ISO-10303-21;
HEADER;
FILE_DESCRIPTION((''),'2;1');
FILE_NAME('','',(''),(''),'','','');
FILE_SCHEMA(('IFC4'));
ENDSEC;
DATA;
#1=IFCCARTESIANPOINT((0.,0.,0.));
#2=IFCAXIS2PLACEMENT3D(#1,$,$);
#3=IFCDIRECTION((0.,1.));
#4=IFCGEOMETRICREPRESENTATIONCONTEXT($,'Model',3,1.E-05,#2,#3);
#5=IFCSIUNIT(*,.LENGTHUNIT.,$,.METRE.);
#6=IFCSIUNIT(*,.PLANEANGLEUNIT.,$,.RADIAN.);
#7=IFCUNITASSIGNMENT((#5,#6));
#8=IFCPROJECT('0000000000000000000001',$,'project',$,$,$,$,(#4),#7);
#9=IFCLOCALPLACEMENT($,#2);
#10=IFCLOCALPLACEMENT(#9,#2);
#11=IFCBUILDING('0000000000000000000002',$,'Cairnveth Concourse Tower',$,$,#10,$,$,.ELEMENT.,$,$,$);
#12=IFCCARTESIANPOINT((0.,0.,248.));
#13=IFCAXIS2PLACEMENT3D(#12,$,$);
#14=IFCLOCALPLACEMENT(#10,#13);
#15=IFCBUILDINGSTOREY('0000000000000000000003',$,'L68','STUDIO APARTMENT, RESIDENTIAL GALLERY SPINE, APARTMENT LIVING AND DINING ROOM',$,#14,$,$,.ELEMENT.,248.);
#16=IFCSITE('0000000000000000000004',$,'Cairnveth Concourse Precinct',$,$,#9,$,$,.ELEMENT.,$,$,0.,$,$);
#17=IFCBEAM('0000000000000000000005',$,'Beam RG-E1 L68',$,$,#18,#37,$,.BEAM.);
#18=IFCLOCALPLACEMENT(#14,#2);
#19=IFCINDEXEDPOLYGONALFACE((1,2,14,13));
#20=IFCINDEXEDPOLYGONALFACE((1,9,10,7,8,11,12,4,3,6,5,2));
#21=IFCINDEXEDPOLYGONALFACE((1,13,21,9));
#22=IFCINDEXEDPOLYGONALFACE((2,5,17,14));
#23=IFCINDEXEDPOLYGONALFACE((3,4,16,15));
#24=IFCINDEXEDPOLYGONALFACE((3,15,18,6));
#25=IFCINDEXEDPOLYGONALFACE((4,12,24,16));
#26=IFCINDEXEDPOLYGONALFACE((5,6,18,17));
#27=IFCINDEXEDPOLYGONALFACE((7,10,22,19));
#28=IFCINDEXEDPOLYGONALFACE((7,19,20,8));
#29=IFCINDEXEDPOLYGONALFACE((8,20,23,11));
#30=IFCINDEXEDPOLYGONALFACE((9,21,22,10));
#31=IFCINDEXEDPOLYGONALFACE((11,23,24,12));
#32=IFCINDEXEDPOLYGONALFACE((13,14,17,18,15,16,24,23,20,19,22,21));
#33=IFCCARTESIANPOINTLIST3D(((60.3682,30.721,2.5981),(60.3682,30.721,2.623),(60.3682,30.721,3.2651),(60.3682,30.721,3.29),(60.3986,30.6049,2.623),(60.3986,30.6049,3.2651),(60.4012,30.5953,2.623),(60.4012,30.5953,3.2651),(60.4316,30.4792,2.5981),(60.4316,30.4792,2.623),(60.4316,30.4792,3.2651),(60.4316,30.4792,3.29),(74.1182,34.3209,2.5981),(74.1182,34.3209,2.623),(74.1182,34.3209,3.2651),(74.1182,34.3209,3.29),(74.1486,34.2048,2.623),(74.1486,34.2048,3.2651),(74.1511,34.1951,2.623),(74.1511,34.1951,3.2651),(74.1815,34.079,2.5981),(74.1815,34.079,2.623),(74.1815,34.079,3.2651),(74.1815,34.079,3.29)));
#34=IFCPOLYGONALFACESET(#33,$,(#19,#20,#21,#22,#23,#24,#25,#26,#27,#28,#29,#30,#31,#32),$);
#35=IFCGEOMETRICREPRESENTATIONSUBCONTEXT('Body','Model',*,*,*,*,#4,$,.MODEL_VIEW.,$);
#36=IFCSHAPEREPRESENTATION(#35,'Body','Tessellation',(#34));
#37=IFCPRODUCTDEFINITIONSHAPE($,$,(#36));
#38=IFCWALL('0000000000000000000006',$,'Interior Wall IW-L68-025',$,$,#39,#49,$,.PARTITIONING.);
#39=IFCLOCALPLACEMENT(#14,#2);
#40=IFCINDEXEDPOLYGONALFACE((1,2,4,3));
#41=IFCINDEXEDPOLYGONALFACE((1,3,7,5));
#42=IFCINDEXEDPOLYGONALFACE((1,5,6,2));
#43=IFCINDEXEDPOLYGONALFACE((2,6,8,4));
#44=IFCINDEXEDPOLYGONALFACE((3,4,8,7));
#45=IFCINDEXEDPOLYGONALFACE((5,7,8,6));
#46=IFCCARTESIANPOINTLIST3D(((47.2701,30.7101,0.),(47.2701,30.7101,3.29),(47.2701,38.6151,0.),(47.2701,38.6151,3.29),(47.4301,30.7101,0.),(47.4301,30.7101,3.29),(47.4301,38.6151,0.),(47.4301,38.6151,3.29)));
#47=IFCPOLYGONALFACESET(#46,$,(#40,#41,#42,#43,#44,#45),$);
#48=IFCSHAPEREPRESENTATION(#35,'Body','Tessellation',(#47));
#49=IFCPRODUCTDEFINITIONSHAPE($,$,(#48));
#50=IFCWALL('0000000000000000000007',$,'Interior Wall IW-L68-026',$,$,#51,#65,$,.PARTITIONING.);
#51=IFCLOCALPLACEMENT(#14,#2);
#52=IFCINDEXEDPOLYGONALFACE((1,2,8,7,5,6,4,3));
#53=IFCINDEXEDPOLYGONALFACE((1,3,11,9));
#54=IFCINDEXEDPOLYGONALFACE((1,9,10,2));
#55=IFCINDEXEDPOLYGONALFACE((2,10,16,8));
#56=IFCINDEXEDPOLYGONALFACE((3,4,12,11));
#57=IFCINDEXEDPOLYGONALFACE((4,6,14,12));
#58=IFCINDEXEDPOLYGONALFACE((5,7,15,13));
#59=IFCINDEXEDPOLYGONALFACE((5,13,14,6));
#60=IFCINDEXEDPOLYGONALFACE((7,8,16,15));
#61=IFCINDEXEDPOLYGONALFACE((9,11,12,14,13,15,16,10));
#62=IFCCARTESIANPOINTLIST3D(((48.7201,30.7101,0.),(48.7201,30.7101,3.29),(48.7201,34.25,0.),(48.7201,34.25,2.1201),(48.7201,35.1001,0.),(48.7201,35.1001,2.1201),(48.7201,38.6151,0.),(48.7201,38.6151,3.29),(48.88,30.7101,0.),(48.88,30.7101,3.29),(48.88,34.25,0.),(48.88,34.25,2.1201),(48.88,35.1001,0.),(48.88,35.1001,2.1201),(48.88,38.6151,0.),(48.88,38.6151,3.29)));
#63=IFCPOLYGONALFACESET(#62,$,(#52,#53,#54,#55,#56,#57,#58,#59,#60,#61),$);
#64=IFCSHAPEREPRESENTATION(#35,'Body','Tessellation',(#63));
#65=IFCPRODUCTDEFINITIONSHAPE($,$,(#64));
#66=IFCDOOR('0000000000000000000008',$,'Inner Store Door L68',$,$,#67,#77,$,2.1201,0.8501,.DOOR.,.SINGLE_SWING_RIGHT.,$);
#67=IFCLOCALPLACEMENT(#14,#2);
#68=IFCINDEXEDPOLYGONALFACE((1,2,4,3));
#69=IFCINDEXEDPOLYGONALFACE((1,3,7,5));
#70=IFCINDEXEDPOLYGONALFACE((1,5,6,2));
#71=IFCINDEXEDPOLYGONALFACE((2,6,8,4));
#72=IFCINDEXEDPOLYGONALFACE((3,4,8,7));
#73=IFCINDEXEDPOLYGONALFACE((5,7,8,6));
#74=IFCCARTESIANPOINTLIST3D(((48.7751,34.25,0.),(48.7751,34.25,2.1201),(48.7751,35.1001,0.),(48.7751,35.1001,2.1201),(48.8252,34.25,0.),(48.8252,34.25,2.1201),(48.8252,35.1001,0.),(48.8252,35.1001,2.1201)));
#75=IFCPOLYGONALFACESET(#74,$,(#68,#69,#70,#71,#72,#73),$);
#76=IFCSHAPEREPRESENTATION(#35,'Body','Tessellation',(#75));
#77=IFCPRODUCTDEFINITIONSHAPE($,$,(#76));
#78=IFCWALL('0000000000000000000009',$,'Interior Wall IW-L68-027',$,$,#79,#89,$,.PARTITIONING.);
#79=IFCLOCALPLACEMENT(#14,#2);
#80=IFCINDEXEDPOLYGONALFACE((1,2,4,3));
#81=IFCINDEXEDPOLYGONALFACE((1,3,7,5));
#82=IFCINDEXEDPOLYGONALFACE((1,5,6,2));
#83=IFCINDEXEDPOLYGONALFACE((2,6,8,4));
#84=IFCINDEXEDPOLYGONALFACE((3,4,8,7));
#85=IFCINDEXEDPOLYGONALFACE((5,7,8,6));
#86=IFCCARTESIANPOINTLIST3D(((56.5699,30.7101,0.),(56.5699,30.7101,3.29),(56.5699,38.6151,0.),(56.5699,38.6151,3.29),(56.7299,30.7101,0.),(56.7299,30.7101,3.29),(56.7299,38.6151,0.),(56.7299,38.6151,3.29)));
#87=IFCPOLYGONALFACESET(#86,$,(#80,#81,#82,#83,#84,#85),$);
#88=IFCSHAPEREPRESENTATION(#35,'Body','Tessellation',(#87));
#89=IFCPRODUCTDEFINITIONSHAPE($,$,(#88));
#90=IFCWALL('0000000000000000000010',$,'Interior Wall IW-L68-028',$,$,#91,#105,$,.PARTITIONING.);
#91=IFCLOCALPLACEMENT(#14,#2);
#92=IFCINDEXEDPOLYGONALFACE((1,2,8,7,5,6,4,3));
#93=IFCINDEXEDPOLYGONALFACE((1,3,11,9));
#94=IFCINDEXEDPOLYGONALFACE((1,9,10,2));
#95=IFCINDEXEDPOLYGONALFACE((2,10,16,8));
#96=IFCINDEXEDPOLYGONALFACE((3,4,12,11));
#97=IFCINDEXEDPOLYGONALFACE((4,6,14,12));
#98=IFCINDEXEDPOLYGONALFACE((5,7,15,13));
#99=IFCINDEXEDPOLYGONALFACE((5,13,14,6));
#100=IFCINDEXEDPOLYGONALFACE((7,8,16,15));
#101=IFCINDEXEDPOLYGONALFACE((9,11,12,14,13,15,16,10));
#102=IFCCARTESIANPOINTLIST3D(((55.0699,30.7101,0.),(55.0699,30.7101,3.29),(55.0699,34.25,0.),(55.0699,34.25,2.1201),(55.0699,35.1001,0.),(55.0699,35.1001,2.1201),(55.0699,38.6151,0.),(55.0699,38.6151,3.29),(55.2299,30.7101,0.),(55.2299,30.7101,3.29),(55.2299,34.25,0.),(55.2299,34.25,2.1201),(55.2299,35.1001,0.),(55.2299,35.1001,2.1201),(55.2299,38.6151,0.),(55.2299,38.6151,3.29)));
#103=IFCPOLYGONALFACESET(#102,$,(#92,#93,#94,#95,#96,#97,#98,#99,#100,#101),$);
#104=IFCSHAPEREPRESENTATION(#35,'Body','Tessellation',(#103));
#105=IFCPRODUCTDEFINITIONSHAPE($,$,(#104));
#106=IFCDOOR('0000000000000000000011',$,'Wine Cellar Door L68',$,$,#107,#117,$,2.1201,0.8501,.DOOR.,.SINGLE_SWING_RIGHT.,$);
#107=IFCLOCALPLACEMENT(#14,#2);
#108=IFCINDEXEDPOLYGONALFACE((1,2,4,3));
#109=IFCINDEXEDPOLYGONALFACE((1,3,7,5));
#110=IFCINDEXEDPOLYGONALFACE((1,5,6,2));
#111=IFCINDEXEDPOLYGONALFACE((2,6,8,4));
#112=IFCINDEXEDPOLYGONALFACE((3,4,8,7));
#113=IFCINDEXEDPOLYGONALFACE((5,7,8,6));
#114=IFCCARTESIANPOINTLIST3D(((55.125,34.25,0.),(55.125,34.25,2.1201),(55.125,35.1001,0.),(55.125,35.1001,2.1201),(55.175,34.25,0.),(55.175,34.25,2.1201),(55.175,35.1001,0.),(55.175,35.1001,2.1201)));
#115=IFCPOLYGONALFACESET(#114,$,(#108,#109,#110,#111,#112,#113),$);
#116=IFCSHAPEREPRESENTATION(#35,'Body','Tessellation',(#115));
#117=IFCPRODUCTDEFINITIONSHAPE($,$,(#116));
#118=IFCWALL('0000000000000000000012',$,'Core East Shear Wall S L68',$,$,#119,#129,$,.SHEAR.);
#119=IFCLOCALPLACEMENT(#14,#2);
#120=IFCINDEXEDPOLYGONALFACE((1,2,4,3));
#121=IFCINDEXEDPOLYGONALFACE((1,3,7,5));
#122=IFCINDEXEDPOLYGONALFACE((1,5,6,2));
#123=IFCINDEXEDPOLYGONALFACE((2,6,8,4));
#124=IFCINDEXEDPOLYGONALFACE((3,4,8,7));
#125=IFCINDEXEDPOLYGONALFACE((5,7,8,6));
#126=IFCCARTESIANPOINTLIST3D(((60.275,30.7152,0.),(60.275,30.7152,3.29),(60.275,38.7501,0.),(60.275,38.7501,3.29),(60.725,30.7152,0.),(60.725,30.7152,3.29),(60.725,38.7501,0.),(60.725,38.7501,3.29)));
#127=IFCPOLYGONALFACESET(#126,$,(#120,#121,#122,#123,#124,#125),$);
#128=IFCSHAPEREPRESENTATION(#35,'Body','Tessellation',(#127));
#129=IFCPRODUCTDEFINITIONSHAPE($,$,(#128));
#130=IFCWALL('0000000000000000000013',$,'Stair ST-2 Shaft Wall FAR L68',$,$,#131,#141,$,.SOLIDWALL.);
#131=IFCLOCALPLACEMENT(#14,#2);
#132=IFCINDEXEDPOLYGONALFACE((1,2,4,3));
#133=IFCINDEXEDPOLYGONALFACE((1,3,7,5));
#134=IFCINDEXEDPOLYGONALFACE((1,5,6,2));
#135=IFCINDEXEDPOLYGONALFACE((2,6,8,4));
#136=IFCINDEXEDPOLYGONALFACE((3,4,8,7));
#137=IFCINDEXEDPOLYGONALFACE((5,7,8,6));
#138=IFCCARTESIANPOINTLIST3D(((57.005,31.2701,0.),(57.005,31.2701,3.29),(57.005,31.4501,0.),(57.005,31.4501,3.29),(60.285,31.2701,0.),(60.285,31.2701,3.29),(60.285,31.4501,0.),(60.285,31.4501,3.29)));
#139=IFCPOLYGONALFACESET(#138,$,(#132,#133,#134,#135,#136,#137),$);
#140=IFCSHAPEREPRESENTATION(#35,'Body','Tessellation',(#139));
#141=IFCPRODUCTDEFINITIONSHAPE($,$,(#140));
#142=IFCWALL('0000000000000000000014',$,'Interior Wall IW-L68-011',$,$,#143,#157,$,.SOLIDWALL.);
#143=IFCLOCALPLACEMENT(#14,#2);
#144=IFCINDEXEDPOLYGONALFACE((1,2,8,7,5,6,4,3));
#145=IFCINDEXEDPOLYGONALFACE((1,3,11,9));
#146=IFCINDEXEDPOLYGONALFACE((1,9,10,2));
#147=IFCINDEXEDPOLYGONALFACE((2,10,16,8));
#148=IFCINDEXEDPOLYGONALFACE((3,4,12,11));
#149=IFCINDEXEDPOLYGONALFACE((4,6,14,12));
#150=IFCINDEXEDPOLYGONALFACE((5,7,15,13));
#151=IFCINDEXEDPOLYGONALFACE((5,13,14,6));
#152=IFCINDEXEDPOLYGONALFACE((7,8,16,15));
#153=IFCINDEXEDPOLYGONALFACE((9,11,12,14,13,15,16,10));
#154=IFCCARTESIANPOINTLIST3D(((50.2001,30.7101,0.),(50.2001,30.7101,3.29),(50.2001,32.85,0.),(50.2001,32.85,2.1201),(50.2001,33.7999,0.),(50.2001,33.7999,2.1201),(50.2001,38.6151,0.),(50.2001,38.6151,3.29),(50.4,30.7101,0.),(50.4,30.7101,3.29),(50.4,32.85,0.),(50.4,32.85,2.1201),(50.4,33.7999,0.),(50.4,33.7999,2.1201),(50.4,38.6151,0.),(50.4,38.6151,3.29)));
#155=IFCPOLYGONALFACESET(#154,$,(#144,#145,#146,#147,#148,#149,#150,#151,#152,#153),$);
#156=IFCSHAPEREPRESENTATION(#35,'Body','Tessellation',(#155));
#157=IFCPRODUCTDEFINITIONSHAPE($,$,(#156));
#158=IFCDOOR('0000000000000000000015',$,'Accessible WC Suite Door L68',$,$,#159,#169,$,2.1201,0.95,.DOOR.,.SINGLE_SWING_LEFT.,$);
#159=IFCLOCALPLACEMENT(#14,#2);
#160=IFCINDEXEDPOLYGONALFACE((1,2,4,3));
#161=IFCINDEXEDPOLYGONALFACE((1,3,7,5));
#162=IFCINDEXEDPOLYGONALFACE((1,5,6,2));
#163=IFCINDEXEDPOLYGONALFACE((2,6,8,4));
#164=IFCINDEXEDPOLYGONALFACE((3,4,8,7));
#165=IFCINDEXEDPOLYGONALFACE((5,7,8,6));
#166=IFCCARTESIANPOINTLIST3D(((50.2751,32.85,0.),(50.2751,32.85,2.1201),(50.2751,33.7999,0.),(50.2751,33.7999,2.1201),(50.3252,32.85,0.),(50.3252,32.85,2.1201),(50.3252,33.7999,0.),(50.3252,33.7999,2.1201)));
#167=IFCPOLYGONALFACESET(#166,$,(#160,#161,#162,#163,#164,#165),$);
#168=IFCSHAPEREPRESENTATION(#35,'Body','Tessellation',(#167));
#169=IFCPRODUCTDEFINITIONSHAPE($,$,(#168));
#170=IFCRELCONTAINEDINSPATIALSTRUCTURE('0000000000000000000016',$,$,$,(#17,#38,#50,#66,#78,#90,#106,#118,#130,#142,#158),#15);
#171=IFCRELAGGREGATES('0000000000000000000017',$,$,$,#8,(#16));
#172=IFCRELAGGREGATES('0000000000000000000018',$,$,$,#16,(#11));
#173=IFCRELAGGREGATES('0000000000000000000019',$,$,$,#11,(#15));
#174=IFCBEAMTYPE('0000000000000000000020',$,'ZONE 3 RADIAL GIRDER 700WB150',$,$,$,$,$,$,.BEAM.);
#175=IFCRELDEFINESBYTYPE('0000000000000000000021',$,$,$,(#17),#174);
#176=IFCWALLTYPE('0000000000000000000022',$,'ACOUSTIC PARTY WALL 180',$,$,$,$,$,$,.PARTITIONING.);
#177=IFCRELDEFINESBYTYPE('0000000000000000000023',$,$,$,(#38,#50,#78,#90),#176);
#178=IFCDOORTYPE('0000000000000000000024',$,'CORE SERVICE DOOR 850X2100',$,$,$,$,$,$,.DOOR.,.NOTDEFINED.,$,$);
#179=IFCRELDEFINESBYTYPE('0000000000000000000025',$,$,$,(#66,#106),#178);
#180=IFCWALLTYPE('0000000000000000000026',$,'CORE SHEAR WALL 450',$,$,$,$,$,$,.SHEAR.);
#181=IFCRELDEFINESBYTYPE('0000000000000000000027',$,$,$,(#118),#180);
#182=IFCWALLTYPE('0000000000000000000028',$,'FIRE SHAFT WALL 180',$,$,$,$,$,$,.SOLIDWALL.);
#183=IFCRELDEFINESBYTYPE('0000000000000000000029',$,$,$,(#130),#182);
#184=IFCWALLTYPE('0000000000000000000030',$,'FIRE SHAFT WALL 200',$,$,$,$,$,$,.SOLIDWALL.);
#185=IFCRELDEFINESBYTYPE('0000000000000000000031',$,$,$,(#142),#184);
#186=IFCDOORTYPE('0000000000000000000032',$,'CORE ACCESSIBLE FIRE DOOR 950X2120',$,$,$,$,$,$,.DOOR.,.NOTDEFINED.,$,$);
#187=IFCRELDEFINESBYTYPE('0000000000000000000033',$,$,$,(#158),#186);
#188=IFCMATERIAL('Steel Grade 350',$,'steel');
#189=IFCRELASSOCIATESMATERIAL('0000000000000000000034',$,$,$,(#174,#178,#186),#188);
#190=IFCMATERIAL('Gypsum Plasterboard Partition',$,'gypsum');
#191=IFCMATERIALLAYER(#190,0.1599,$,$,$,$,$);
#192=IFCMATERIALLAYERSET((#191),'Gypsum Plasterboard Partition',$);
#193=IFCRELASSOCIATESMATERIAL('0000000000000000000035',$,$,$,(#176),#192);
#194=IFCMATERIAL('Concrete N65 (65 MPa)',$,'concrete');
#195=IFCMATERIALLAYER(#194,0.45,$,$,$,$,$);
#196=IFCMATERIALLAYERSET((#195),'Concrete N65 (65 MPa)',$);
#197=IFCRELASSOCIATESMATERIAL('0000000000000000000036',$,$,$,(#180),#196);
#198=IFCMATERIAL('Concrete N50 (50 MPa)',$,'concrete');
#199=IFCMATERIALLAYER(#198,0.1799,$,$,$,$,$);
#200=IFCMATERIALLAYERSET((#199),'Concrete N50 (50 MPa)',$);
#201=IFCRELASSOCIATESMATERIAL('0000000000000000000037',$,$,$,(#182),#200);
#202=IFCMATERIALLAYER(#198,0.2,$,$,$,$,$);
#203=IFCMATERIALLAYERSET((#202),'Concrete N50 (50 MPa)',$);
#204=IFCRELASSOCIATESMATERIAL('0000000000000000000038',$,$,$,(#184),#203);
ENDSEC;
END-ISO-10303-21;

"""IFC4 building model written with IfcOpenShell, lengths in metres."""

from ifc_helpers import new_model, si_unit, direction, frame, frame_2d, origin, origin_2d, place, context, subcontext, project, spatial, rectangle, i_section, extrude, material, layer, layer_set, material_profile, profile_set, type_object, element, fill, save


model = new_model("IFC4")

# Units and contexts
model_context = context("Model", 3, precision=1e-05, world=origin(), true_north=direction((0.0, 1.0)))
body_context = subcontext(model_context, "Body", "Model", "MODEL_VIEW")
ifc_project = project(units=[si_unit("LENGTHUNIT", "METRE"), si_unit("PLANEANGLEUNIT", "RADIAN")], contexts=[model_context])

# Site, building, storey
site_placement = place(None, origin())
site = spatial("IfcSite", under=ifc_project, at=site_placement, Name="Cairnveth Concourse Precinct", CompositionType="ELEMENT", RefElevation=0.0)
building_placement = place(site_placement, origin())
building = spatial("IfcBuilding", under=site, at=building_placement, Name="Cairnveth Concourse Tower", CompositionType="ELEMENT")
storey_placement = place(building_placement, frame((0.0, 0.0, 248.0)))
storey = spatial("IfcBuildingStorey", under=building, at=storey_placement, Name="L68", Description="STUDIO APARTMENT, RESIDENTIAL GALLERY SPINE, APARTMENT LIVING AND DINING ROOM", CompositionType="ELEMENT", Elevation=248.0)

# Beam
ifc_material_1 = material(Name="Steel Grade 350", Category="steel")
ifc_material_profile = material_profile(ifc_material_1, i_section(OverallWidth=0.25, OverallDepth=0.6919, WebThickness=0.01, FlangeThickness=0.0249, at=origin_2d()), Name="700WB150")
ifc_profile_set = profile_set([ifc_material_profile], Name="Steel Grade 350")
beam_type = type_object("IfcBeamType", Name="ZONE 3 RADIAL GIRDER 700WB150", PredefinedType="BEAM", material=ifc_profile_set)
beam_placement = place(storey_placement, frame((60.3999, 30.6001, 2.9441), z_axis=(0.967395, 0.253271, 0.0), x_axis=(-0.253271, 0.967395, 0.0)))
element("IfcBeam", 1, at=beam_placement, inside=storey, type_object=beam_type, Name="Beam RG-E1 L68", PredefinedType="BEAM", context=body_context, shape_type="SweptSolid", body=[
    extrude(i_section(OverallWidth=0.25, OverallDepth=0.6919, WebThickness=0.01, FlangeThickness=0.0249, at=origin_2d()), origin(), (0.0, 0.0, 1.0), 14.2134),
])

# Wall
ifc_material_2 = material(Name="Gypsum Plasterboard Partition", Category="gypsum")
ifc_layer_1 = layer(ifc_material_2, 0.1599)
ifc_layer_set_1 = layer_set([ifc_layer_1], Name="Gypsum Plasterboard Partition")
wall_type_1 = type_object("IfcWallType", Name="ACOUSTIC PARTY WALL 180", PredefinedType="PARTITIONING", material=ifc_layer_set_1)
wall_1_placement = place(storey_placement, frame((47.3501, 30.71, 0.0), z_axis=(0.0, 0.0, 1.0), x_axis=(0.0, 1.0, 0.0)))
element("IfcWall", 2, at=wall_1_placement, inside=storey, type_object=wall_type_1, Name="Interior Wall IW-L68-025", PredefinedType="PARTITIONING", context=body_context, shape_type="SweptSolid", body=[
    extrude(rectangle(XDim=7.905, YDim=0.1599, at=frame_2d((3.9526, 0.0))), origin(), (0.0, 0.0, 1.0), 3.29),
])

# Wall, opening, door
wall_2_placement = place(storey_placement, frame((48.8, 30.71, 0.0), z_axis=(0.0, 0.0, 1.0), x_axis=(0.0, 1.0, 0.0)))
wall_2 = element("IfcWall", 3, at=wall_2_placement, inside=storey, type_object=wall_type_1, Name="Interior Wall IW-L68-026", PredefinedType="PARTITIONING", context=body_context, shape_type="SweptSolid", body=[
    extrude(rectangle(XDim=7.905, YDim=0.1599, at=frame_2d((3.9526, 0.0))), origin(), (0.0, 0.0, 1.0), 3.29),
])
opening_1_placement = place(wall_2_placement, frame((3.54, 0.0, 0.0)))
opening_1 = element("IfcOpeningElement", 4, at=opening_1_placement, cuts=wall_2, PredefinedType="OPENING", context=body_context, shape_type="SweptSolid", body=[
    extrude(rectangle(XDim=0.8501, YDim=2.1201, at=frame_2d((0.425, 1.0601))), frame((0.0, 0.0898, 0.0), z_axis=(0.0, -1.0, 0.0), x_axis=(1.0, 0.0, 0.0)), (0.0, 0.0, 1.0), 0.1799),
])
door_type_1 = type_object("IfcDoorType", Name="CORE SERVICE DOOR 850X2100", OperationType="NOTDEFINED", PredefinedType="DOOR", material=ifc_material_1)
door_1_placement = place(opening_1_placement, origin())
door_1 = element("IfcDoor", 5, at=door_1_placement, inside=storey, type_object=door_type_1, Name="Inner Store Door L68", OperationType="SINGLE_SWING_RIGHT", OverallHeight=2.1201, OverallWidth=0.8501, PredefinedType="DOOR", context=body_context, shape_type="SweptSolid", body=[
    extrude(rectangle(XDim=0.8501, YDim=2.1201, at=frame_2d((0.425, 1.0601))), frame((0.0, 0.0249, 0.0), z_axis=(0.0, -1.0, 0.0), x_axis=(1.0, 0.0, 0.0)), (0.0, 0.0, 1.0), 0.05),
])
fill(opening_1, door_1)

# Wall
wall_3_placement = place(storey_placement, frame((56.6499, 30.71, 0.0), z_axis=(0.0, 0.0, 1.0), x_axis=(0.0, 1.0, 0.0)))
element("IfcWall", 6, at=wall_3_placement, inside=storey, type_object=wall_type_1, Name="Interior Wall IW-L68-027", PredefinedType="PARTITIONING", context=body_context, shape_type="SweptSolid", body=[
    extrude(rectangle(XDim=7.905, YDim=0.1599, at=frame_2d((3.9526, 0.0))), origin(), (0.0, 0.0, 1.0), 3.29),
])

# Wall, opening, door
wall_4_placement = place(storey_placement, frame((55.1499, 30.71, 0.0), z_axis=(0.0, 0.0, 1.0), x_axis=(0.0, 1.0, 0.0)))
wall_4 = element("IfcWall", 7, at=wall_4_placement, inside=storey, type_object=wall_type_1, Name="Interior Wall IW-L68-028", PredefinedType="PARTITIONING", context=body_context, shape_type="SweptSolid", body=[
    extrude(rectangle(XDim=7.905, YDim=0.1599, at=frame_2d((3.9526, 0.0))), origin(), (0.0, 0.0, 1.0), 3.29),
])
opening_2_placement = place(wall_4_placement, frame((3.54, 0.0, 0.0)))
opening_2 = element("IfcOpeningElement", 8, at=opening_2_placement, cuts=wall_4, PredefinedType="OPENING", context=body_context, shape_type="SweptSolid", body=[
    extrude(rectangle(XDim=0.8501, YDim=2.1201, at=frame_2d((0.425, 1.0601))), frame((0.0, 0.0898, 0.0), z_axis=(0.0, -1.0, 0.0), x_axis=(1.0, 0.0, 0.0)), (0.0, 0.0, 1.0), 0.1799),
])
door_2_placement = place(opening_2_placement, origin())
door_2 = element("IfcDoor", 9, at=door_2_placement, inside=storey, type_object=door_type_1, Name="Wine Cellar Door L68", OperationType="SINGLE_SWING_RIGHT", OverallHeight=2.1201, OverallWidth=0.8501, PredefinedType="DOOR", context=body_context, shape_type="SweptSolid", body=[
    extrude(rectangle(XDim=0.8501, YDim=2.1201, at=frame_2d((0.425, 1.0601))), frame((0.0, 0.0249, 0.0), z_axis=(0.0, -1.0, 0.0), x_axis=(1.0, 0.0, 0.0)), (0.0, 0.0, 1.0), 0.05),
])
fill(opening_2, door_2)

# Wall
ifc_material_3 = material(Name="Concrete N65 (65 MPa)", Category="concrete")
ifc_layer_2 = layer(ifc_material_3, 0.45)
ifc_layer_set_2 = layer_set([ifc_layer_2], Name="Concrete N65 (65 MPa)")
wall_type_2 = type_object("IfcWallType", Name="CORE SHEAR WALL 450", PredefinedType="SHEAR", material=ifc_layer_set_2)
wall_5_placement = place(storey_placement, frame((60.5, 30.7151, 0.0), z_axis=(0.0, 0.0, 1.0), x_axis=(0.0, 1.0, 0.0)))
element("IfcWall", 10, at=wall_5_placement, inside=storey, type_object=wall_type_2, Name="Core East Shear Wall S L68", PredefinedType="SHEAR", context=body_context, shape_type="SweptSolid", body=[
    extrude(rectangle(XDim=8.0349, YDim=0.45, at=frame_2d((4.0176, 0.0))), origin(), (0.0, 0.0, 1.0), 3.29),
])

# Shared definitions
ifc_material_4 = material(Name="Concrete N50 (50 MPa)", Category="concrete")
ifc_layer_3 = layer(ifc_material_4, 0.1799)
ifc_layer_set_3 = layer_set([ifc_layer_3], Name="Concrete N50 (50 MPa)")
wall_type_3 = type_object("IfcWallType", Name="FIRE SHAFT WALL 180", PredefinedType="SOLIDWALL", material=ifc_layer_set_3)

# Wall
wall_6_placement = place(storey_placement, frame((57.0049, 31.3601, 0.0), z_axis=(0.0, 0.0, 1.0), x_axis=(1.0, 0.0, 0.0)))
element("IfcWall", 11, at=wall_6_placement, inside=storey, type_object=wall_type_3, Name="Stair ST-2 Shaft Wall FAR L68", PredefinedType="SOLIDWALL", context=body_context, shape_type="SweptSolid", body=[
    extrude(rectangle(XDim=3.28, YDim=0.1799, at=frame_2d((1.6401, 0.0))), origin(), (0.0, 0.0, 1.0), 3.29),
])

# Wall, opening, door
ifc_layer_4 = layer(ifc_material_4, 0.2)
ifc_layer_set_4 = layer_set([ifc_layer_4], Name="Concrete N50 (50 MPa)")
wall_type_4 = type_object("IfcWallType", Name="FIRE SHAFT WALL 200", PredefinedType="SOLIDWALL", material=ifc_layer_set_4)
wall_7_placement = place(storey_placement, frame((50.3, 30.71, 0.0), z_axis=(0.0, 0.0, 1.0), x_axis=(0.0, 1.0, 0.0)))
wall_7 = element("IfcWall", 12, at=wall_7_placement, inside=storey, type_object=wall_type_4, Name="Interior Wall IW-L68-011", PredefinedType="SOLIDWALL", context=body_context, shape_type="SweptSolid", body=[
    extrude(rectangle(XDim=7.905, YDim=0.2, at=frame_2d((3.9526, 0.0))), origin(), (0.0, 0.0, 1.0), 3.29),
])
opening_3_placement = place(wall_7_placement, frame((2.1399, 0.0, 0.0)))
opening_3 = element("IfcOpeningElement", 13, at=opening_3_placement, cuts=wall_7, PredefinedType="OPENING", context=body_context, shape_type="SweptSolid", body=[
    extrude(rectangle(XDim=0.95, YDim=2.1201, at=frame_2d((0.4751, 1.0601))), frame((0.0, 0.1099, 0.0), z_axis=(0.0, -1.0, 0.0), x_axis=(1.0, 0.0, 0.0)), (0.0, 0.0, 1.0), 0.22),
])
door_type_2 = type_object("IfcDoorType", Name="CORE ACCESSIBLE FIRE DOOR 950X2120", OperationType="NOTDEFINED", PredefinedType="DOOR", material=ifc_material_1)
door_3_placement = place(opening_3_placement, origin())
door_3 = element("IfcDoor", 14, at=door_3_placement, inside=storey, type_object=door_type_2, Name="Accessible WC Suite Door L68", OperationType="SINGLE_SWING_LEFT", OverallHeight=2.1201, OverallWidth=0.95, PredefinedType="DOOR", context=body_context, shape_type="SweptSolid", body=[
    extrude(rectangle(XDim=0.95, YDim=2.1201, at=frame_2d((0.4751, 1.0601))), frame((0.0, 0.0249, 0.0), z_axis=(0.0, -1.0, 0.0), x_axis=(1.0, 0.0, 0.0)), (0.0, 0.0, 1.0), 0.05),
])
fill(opening_3, door_3)

save(model, "model.ifc")
